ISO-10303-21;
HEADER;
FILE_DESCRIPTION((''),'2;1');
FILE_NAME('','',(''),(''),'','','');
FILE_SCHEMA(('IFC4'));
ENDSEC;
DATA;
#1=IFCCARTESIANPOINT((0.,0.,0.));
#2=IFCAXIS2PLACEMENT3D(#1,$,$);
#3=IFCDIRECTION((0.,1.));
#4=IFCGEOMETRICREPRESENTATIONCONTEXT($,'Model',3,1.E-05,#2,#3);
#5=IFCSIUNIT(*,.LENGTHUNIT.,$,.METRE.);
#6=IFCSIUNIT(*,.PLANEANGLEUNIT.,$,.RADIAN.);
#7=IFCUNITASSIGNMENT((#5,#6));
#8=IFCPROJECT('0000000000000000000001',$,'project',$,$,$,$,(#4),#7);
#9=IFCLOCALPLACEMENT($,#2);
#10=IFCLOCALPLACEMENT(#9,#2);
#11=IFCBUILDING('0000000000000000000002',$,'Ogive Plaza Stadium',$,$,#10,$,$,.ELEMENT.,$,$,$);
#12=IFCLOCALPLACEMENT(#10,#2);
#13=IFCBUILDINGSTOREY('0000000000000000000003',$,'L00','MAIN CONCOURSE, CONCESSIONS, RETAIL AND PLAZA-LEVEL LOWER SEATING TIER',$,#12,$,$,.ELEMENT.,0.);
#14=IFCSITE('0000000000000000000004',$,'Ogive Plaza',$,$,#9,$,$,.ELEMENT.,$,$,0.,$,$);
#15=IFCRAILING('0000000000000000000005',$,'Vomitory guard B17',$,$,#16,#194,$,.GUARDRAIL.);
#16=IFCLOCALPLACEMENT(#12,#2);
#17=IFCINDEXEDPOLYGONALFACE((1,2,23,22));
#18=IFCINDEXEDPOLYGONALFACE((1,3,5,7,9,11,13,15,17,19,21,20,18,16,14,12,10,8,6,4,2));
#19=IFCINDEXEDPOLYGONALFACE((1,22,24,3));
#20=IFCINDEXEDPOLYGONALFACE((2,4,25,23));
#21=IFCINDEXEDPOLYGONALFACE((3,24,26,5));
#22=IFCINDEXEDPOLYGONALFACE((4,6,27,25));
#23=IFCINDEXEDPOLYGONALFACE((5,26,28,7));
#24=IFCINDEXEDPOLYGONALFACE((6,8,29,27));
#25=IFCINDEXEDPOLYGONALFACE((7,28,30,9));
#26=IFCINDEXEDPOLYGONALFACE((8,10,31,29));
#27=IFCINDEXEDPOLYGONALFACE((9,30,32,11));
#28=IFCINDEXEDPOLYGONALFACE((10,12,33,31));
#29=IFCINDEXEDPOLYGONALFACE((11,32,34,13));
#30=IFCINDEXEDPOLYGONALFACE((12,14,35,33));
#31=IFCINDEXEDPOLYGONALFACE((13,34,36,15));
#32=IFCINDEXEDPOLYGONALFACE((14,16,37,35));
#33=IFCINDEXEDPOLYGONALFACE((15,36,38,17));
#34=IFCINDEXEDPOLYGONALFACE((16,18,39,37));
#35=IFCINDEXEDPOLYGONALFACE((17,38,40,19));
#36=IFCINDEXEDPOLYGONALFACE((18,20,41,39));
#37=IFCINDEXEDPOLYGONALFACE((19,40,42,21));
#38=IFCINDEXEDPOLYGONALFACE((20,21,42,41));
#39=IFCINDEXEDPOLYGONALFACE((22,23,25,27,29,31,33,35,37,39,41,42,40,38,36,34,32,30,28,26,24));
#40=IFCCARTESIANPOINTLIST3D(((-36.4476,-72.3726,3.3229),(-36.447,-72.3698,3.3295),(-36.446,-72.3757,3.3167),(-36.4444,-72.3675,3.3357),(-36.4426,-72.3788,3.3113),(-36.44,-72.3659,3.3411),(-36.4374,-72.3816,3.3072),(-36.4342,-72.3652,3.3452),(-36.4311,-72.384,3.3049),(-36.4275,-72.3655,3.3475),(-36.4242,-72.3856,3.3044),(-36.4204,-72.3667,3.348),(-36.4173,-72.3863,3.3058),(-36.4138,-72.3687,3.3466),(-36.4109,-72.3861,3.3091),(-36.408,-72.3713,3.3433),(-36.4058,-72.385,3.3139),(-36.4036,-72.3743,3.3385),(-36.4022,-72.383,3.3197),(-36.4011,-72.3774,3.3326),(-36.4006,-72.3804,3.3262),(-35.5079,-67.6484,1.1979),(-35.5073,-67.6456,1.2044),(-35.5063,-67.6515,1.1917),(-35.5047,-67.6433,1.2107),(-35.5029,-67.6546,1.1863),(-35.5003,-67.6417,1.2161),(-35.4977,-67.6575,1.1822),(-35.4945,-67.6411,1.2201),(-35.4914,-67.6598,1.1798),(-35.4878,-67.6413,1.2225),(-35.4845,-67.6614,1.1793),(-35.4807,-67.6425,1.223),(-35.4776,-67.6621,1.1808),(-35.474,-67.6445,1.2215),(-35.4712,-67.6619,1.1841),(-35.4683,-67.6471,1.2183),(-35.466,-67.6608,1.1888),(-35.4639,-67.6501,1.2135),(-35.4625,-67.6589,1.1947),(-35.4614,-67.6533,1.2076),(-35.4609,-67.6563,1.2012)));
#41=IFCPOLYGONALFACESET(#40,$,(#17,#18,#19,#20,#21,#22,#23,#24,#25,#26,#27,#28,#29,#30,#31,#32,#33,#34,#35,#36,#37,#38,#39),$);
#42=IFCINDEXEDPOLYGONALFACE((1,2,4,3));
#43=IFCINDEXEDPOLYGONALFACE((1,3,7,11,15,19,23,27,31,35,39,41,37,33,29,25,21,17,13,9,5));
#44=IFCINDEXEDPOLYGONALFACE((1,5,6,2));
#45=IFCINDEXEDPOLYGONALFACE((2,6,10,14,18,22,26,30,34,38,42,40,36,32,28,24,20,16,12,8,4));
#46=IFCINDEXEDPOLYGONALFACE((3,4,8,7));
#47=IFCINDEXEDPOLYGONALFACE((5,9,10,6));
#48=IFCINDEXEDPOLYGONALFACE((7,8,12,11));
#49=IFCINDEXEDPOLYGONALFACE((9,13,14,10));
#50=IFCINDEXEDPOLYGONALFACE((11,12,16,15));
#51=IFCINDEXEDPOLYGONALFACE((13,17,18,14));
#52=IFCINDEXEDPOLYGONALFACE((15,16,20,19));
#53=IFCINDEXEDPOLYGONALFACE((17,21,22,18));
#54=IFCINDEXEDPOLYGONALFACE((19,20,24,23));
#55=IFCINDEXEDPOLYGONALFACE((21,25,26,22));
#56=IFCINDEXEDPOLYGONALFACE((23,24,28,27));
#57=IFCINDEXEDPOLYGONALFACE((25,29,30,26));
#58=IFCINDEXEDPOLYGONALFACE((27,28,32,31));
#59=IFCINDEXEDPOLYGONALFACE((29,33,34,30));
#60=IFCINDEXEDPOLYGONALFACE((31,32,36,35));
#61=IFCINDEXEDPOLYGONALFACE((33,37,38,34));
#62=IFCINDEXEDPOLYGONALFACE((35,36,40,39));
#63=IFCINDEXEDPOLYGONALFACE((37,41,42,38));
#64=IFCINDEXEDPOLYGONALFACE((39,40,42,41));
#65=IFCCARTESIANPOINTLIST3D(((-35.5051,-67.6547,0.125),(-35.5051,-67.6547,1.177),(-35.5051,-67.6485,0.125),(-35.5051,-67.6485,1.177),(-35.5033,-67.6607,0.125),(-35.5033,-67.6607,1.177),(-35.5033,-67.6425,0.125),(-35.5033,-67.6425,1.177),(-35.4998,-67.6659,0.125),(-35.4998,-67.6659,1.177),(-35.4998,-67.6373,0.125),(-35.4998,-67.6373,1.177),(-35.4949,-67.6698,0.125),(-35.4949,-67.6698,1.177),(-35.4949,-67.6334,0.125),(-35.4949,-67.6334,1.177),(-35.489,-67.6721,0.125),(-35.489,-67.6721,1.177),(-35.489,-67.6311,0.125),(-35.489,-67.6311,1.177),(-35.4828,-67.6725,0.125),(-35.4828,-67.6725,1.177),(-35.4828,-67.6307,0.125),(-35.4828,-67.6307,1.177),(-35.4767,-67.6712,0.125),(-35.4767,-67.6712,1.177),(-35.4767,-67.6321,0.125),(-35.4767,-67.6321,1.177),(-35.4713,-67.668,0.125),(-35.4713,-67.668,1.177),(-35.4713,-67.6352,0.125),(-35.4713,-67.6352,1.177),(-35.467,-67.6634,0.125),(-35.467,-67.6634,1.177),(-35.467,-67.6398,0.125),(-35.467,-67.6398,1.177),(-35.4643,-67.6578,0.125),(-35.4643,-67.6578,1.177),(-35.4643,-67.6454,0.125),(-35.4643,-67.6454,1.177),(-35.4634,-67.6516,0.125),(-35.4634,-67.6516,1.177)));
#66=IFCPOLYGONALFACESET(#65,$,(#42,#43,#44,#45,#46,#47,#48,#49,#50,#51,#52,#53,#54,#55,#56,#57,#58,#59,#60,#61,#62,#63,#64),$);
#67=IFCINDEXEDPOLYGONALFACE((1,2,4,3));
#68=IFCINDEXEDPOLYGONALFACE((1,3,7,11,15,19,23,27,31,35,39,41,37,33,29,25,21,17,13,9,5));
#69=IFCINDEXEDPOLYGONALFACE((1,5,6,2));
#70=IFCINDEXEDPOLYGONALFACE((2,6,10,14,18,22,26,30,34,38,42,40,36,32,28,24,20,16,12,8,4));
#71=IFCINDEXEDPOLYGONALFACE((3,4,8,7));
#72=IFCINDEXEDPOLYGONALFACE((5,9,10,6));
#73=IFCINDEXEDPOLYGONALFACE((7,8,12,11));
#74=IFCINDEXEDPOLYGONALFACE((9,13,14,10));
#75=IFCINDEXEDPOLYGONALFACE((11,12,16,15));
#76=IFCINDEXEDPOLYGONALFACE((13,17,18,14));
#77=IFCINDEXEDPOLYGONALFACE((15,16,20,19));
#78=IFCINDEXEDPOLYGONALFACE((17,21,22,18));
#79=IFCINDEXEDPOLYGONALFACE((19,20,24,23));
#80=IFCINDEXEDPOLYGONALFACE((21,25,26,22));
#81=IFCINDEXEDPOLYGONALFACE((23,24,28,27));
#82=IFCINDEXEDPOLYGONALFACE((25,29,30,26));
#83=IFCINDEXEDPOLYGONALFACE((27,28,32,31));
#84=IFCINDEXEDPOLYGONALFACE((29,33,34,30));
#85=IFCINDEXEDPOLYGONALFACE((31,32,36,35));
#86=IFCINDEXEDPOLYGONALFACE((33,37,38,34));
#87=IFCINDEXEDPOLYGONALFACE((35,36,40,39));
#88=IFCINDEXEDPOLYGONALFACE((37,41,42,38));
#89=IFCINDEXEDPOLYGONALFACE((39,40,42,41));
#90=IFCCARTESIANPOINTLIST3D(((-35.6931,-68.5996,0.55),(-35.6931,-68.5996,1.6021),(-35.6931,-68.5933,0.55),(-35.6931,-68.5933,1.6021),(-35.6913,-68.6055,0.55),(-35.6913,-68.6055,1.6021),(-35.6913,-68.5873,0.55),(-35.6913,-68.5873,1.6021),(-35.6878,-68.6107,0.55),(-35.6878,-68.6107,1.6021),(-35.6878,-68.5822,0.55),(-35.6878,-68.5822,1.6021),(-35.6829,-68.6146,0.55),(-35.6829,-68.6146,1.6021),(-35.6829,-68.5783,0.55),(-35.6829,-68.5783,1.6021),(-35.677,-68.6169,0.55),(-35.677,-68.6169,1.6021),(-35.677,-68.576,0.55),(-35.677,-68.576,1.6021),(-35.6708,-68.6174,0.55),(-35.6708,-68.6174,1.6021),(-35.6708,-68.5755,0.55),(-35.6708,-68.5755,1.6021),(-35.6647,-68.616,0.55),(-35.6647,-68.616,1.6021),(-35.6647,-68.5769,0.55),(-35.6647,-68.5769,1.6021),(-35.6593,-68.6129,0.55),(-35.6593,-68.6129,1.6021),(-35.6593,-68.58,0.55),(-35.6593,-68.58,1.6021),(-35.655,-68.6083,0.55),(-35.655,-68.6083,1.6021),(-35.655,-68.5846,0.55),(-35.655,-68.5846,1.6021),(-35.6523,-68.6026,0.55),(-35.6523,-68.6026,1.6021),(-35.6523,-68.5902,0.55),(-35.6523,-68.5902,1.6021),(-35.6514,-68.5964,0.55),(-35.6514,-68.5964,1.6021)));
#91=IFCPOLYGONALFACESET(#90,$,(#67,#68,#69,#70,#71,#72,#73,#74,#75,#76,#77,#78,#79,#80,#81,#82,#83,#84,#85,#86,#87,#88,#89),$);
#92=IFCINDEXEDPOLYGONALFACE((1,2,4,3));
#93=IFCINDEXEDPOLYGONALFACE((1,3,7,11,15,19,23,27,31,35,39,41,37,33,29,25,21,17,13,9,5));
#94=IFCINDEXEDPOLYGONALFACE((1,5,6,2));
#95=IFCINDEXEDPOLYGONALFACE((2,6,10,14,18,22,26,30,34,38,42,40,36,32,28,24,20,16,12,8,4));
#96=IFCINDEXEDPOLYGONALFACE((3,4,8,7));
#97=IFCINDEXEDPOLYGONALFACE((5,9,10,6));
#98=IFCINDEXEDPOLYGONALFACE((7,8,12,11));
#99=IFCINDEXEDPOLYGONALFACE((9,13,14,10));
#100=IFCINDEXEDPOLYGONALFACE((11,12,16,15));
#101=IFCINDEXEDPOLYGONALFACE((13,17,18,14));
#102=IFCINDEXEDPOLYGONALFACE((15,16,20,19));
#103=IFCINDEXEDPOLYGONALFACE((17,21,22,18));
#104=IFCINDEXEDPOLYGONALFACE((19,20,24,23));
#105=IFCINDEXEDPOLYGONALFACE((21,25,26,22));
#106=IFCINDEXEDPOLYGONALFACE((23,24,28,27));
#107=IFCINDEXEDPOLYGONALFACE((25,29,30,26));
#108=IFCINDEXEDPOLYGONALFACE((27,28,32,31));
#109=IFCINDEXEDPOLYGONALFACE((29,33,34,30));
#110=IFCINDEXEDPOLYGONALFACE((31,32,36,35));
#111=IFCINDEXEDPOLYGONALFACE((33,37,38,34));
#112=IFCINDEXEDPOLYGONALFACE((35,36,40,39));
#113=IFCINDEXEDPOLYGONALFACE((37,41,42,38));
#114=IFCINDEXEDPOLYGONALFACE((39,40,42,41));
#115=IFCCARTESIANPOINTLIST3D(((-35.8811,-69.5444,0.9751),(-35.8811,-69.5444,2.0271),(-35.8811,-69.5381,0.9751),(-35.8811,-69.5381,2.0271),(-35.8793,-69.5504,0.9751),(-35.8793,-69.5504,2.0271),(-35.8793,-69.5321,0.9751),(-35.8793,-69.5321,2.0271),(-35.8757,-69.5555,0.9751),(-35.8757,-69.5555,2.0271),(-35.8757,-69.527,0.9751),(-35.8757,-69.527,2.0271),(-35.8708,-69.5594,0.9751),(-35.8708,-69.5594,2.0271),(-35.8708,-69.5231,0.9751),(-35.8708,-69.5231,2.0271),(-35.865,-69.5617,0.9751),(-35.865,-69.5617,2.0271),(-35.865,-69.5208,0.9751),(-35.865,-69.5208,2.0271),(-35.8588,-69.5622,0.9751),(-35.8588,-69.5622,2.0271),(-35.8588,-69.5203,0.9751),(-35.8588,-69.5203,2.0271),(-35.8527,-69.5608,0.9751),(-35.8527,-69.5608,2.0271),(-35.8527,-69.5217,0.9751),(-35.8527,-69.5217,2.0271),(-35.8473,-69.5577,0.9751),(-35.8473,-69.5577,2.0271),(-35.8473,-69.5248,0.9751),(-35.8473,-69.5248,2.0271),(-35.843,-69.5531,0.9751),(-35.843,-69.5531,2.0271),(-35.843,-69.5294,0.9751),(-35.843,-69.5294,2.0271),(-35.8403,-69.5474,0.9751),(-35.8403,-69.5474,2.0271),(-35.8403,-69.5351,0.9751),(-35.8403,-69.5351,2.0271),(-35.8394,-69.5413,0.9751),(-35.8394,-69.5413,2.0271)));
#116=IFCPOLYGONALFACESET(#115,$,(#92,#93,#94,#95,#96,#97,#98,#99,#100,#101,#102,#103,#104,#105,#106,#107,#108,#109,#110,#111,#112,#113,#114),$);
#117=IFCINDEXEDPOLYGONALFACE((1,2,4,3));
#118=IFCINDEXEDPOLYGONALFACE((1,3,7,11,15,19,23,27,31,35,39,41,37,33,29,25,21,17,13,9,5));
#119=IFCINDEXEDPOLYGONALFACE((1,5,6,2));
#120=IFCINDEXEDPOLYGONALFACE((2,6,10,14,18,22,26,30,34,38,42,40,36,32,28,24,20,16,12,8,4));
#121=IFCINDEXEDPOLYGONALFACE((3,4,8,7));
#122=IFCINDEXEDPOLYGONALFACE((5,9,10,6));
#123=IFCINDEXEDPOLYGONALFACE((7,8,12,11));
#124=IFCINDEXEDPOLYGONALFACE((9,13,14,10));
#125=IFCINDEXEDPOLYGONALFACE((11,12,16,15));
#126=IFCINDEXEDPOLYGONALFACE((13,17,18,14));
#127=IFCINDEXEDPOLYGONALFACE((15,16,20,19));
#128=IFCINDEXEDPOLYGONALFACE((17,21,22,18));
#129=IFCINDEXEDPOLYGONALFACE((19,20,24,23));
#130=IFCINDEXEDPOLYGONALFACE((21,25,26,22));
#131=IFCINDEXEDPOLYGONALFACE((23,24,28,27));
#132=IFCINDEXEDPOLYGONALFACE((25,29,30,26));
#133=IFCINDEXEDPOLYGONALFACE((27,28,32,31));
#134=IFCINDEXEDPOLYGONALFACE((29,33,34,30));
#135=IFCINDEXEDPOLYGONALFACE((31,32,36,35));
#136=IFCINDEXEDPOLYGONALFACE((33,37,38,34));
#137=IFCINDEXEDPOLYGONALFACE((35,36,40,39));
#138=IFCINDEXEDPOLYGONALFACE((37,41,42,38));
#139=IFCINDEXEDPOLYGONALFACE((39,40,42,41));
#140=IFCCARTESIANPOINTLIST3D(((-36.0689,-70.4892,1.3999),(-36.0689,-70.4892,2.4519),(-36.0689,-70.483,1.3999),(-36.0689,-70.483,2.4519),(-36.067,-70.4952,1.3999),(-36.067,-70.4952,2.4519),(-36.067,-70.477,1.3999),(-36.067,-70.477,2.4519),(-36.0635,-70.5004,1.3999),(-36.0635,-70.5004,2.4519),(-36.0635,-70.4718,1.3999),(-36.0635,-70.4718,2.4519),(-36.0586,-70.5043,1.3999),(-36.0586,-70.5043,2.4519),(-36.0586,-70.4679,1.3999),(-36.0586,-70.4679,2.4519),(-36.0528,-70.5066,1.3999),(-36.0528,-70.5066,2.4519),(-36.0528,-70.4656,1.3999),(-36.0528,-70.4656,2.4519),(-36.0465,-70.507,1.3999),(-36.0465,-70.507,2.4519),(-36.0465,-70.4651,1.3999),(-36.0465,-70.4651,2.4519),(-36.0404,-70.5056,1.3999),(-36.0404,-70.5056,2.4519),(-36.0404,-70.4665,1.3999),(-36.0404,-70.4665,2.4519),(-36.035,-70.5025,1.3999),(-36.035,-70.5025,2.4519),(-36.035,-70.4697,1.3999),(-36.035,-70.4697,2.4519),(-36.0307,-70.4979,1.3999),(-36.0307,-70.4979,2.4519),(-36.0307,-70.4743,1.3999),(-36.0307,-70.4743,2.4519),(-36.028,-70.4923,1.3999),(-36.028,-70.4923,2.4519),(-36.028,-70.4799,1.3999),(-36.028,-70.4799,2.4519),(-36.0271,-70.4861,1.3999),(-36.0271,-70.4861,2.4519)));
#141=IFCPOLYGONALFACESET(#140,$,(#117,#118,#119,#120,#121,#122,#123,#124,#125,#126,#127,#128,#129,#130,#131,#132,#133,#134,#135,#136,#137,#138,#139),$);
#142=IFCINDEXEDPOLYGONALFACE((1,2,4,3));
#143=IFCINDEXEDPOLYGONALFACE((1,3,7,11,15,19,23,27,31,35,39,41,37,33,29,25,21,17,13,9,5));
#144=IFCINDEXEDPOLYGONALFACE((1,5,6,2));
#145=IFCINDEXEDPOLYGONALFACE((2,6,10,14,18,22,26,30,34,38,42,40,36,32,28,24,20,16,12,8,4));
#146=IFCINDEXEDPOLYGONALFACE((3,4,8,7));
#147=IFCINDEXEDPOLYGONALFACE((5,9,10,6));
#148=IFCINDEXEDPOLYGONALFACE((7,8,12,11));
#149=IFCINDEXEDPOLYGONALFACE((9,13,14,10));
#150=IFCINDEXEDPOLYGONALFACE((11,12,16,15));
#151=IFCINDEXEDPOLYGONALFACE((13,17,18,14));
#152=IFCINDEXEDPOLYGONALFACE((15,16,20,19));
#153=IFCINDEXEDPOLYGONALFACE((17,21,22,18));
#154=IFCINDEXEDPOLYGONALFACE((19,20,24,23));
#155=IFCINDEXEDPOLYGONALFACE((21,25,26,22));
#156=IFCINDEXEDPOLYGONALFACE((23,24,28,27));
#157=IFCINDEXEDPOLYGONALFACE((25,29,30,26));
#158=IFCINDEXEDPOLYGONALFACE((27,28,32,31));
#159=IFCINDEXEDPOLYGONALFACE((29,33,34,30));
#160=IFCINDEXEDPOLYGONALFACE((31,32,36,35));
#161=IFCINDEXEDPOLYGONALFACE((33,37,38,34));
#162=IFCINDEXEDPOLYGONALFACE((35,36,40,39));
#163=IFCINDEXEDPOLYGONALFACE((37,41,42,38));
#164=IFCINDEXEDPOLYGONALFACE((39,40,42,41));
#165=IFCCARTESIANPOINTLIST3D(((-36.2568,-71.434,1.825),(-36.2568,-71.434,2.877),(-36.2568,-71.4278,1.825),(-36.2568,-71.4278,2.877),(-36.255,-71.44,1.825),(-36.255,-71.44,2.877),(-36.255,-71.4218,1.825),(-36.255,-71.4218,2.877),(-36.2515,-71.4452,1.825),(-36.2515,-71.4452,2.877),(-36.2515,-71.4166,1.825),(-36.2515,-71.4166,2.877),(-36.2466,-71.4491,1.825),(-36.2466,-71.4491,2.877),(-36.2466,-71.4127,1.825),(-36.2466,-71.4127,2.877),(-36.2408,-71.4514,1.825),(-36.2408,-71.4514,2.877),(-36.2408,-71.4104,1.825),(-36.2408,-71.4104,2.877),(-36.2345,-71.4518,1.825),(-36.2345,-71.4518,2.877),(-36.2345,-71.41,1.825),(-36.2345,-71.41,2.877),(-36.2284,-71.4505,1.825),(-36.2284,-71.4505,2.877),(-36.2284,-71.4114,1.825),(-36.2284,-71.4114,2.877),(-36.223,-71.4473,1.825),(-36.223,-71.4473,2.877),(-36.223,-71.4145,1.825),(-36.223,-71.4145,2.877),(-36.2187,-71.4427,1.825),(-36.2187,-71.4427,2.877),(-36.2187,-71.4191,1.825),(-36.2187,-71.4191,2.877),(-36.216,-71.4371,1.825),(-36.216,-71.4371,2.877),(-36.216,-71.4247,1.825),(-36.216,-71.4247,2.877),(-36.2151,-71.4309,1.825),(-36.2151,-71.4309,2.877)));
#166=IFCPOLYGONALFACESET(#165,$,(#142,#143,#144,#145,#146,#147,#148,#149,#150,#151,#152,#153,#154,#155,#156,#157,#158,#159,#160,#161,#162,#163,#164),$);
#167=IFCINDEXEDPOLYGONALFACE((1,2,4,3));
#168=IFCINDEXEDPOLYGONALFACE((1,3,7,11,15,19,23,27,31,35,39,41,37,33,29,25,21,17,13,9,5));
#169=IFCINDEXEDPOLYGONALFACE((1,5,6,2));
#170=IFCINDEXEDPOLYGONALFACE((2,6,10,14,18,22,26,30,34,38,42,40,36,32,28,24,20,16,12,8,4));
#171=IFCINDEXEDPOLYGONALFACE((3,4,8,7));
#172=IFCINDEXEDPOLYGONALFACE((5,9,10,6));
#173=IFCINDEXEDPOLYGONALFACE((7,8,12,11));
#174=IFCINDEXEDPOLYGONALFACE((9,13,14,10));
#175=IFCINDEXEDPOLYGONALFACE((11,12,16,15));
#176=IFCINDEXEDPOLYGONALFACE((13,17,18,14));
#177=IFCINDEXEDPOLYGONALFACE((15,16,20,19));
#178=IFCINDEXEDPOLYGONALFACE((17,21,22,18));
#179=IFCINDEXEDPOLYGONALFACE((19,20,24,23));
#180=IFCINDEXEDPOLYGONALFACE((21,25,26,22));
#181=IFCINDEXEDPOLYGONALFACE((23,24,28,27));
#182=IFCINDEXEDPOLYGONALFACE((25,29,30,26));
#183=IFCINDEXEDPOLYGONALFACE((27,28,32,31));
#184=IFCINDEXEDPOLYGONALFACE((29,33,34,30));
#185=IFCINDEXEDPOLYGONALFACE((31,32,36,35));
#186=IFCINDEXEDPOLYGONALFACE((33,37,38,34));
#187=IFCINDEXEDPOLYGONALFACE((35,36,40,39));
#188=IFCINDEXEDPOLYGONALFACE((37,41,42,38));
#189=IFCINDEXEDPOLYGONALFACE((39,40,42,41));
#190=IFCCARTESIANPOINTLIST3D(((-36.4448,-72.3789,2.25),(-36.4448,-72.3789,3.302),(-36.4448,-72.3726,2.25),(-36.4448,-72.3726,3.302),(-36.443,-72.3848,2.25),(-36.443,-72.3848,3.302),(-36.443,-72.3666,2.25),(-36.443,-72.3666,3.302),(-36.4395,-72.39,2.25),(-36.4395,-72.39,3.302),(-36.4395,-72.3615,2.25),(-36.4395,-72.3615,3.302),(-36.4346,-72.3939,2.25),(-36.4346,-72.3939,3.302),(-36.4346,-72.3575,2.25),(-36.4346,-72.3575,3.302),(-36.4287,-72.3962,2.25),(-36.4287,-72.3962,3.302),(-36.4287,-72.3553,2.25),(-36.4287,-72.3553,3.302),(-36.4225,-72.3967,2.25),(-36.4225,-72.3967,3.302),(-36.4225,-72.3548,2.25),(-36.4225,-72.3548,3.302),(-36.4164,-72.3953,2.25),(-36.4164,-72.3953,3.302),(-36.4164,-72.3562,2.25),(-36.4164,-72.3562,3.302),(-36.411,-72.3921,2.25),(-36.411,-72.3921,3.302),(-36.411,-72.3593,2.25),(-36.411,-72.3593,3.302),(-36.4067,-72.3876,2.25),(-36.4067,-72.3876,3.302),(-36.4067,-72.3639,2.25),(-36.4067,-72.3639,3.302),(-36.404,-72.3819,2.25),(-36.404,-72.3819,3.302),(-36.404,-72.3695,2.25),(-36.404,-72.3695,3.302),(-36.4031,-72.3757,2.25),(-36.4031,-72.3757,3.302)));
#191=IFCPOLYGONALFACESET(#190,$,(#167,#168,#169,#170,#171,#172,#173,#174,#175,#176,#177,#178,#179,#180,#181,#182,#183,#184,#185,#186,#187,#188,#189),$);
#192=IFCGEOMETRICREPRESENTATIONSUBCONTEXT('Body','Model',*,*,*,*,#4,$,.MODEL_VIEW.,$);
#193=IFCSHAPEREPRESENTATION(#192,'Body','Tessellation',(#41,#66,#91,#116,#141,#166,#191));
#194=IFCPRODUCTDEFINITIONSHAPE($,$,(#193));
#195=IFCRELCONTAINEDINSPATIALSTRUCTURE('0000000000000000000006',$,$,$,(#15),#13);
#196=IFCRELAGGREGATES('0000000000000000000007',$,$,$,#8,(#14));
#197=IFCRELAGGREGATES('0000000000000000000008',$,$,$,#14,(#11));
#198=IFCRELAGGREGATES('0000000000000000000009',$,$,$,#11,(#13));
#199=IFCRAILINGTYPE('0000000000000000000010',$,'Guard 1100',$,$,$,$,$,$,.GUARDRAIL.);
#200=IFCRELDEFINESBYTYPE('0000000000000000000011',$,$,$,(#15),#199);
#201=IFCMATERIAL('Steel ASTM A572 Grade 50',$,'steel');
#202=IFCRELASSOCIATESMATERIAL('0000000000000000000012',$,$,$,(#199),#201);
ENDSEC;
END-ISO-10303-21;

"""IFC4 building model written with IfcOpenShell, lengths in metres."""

from ifc_helpers import new_model, si_unit, direction, frame, origin, origin_2d, place, context, subcontext, project, spatial, circle, extrude, material, type_object, element, save


model = new_model("IFC4")

# Units and contexts
model_context = context("Model", 3, precision=1e-05, world=origin(), true_north=direction((0.0, 1.0)))
body_context = subcontext(model_context, "Body", "Model", "MODEL_VIEW")
ifc_project = project(units=[si_unit("LENGTHUNIT", "METRE"), si_unit("PLANEANGLEUNIT", "RADIAN")], contexts=[model_context])

# Site, building, storey
site_placement = place(None, origin())
site = spatial("IfcSite", under=ifc_project, at=site_placement, Name="Ogive Plaza", CompositionType="ELEMENT", RefElevation=0.0)
building_placement = place(site_placement, origin())
building = spatial("IfcBuilding", under=site, at=building_placement, Name="Ogive Plaza Stadium", CompositionType="ELEMENT")
storey_placement = place(building_placement, origin())
storey = spatial("IfcBuildingStorey", under=building, at=storey_placement, Name="L00", Description="MAIN CONCOURSE, CONCESSIONS, RETAIL AND PLAZA-LEVEL LOWER SEATING TIER", CompositionType="ELEMENT", Elevation=0.0)

# Railing
ifc_material_1 = material(Name="Steel ASTM A572 Grade 50", Category="steel")
railing_type = type_object("IfcRailingType", Name="Guard 1100", PredefinedType="GUARDRAIL", material=ifc_material_1)
for number, where, name in (
    (1, (-35.4844, -67.6516, 0.125), "Vomitory guard B17"),
):
    element("IfcRailing", number, at=place(storey_placement, frame(where)), inside=storey, type_object=railing_type, Name=name, PredefinedType="GUARDRAIL", context=body_context, shape_type="SweptSolid", body=[
        extrude(circle(Radius=0.0239, at=origin_2d()), frame((0.0, 0.0, 1.0762), z_axis=(-0.178494, -0.897338, 0.40364), x_axis=(0.980785, -0.195093, 0.0)), (0.0, 0.0, 1.0), 5.2646),
        extrude(circle(Radius=0.021, at=origin_2d()), origin(), (0.0, 0.0, 1.0), 1.052),
        extrude(circle(Radius=0.021, at=origin_2d()), frame((-0.188, -0.9448, 0.425)), (0.0, 0.0, 1.0), 1.052),
        extrude(circle(Radius=0.021, at=origin_2d()), frame((-0.376, -1.8896, 0.8501)), (0.0, 0.0, 1.0), 1.052),
        extrude(circle(Radius=0.021, at=origin_2d()), frame((-0.5637, -2.8345, 1.2749)), (0.0, 0.0, 1.0), 1.052),
        extrude(circle(Radius=0.021, at=origin_2d()), frame((-0.7517, -3.7793, 1.7)), (0.0, 0.0, 1.0), 1.052),
        extrude(circle(Radius=0.021, at=origin_2d()), frame((-0.9397, -4.7241, 2.125)), (0.0, 0.0, 1.0), 1.052),
    ])

save(model, "model.ifc")
